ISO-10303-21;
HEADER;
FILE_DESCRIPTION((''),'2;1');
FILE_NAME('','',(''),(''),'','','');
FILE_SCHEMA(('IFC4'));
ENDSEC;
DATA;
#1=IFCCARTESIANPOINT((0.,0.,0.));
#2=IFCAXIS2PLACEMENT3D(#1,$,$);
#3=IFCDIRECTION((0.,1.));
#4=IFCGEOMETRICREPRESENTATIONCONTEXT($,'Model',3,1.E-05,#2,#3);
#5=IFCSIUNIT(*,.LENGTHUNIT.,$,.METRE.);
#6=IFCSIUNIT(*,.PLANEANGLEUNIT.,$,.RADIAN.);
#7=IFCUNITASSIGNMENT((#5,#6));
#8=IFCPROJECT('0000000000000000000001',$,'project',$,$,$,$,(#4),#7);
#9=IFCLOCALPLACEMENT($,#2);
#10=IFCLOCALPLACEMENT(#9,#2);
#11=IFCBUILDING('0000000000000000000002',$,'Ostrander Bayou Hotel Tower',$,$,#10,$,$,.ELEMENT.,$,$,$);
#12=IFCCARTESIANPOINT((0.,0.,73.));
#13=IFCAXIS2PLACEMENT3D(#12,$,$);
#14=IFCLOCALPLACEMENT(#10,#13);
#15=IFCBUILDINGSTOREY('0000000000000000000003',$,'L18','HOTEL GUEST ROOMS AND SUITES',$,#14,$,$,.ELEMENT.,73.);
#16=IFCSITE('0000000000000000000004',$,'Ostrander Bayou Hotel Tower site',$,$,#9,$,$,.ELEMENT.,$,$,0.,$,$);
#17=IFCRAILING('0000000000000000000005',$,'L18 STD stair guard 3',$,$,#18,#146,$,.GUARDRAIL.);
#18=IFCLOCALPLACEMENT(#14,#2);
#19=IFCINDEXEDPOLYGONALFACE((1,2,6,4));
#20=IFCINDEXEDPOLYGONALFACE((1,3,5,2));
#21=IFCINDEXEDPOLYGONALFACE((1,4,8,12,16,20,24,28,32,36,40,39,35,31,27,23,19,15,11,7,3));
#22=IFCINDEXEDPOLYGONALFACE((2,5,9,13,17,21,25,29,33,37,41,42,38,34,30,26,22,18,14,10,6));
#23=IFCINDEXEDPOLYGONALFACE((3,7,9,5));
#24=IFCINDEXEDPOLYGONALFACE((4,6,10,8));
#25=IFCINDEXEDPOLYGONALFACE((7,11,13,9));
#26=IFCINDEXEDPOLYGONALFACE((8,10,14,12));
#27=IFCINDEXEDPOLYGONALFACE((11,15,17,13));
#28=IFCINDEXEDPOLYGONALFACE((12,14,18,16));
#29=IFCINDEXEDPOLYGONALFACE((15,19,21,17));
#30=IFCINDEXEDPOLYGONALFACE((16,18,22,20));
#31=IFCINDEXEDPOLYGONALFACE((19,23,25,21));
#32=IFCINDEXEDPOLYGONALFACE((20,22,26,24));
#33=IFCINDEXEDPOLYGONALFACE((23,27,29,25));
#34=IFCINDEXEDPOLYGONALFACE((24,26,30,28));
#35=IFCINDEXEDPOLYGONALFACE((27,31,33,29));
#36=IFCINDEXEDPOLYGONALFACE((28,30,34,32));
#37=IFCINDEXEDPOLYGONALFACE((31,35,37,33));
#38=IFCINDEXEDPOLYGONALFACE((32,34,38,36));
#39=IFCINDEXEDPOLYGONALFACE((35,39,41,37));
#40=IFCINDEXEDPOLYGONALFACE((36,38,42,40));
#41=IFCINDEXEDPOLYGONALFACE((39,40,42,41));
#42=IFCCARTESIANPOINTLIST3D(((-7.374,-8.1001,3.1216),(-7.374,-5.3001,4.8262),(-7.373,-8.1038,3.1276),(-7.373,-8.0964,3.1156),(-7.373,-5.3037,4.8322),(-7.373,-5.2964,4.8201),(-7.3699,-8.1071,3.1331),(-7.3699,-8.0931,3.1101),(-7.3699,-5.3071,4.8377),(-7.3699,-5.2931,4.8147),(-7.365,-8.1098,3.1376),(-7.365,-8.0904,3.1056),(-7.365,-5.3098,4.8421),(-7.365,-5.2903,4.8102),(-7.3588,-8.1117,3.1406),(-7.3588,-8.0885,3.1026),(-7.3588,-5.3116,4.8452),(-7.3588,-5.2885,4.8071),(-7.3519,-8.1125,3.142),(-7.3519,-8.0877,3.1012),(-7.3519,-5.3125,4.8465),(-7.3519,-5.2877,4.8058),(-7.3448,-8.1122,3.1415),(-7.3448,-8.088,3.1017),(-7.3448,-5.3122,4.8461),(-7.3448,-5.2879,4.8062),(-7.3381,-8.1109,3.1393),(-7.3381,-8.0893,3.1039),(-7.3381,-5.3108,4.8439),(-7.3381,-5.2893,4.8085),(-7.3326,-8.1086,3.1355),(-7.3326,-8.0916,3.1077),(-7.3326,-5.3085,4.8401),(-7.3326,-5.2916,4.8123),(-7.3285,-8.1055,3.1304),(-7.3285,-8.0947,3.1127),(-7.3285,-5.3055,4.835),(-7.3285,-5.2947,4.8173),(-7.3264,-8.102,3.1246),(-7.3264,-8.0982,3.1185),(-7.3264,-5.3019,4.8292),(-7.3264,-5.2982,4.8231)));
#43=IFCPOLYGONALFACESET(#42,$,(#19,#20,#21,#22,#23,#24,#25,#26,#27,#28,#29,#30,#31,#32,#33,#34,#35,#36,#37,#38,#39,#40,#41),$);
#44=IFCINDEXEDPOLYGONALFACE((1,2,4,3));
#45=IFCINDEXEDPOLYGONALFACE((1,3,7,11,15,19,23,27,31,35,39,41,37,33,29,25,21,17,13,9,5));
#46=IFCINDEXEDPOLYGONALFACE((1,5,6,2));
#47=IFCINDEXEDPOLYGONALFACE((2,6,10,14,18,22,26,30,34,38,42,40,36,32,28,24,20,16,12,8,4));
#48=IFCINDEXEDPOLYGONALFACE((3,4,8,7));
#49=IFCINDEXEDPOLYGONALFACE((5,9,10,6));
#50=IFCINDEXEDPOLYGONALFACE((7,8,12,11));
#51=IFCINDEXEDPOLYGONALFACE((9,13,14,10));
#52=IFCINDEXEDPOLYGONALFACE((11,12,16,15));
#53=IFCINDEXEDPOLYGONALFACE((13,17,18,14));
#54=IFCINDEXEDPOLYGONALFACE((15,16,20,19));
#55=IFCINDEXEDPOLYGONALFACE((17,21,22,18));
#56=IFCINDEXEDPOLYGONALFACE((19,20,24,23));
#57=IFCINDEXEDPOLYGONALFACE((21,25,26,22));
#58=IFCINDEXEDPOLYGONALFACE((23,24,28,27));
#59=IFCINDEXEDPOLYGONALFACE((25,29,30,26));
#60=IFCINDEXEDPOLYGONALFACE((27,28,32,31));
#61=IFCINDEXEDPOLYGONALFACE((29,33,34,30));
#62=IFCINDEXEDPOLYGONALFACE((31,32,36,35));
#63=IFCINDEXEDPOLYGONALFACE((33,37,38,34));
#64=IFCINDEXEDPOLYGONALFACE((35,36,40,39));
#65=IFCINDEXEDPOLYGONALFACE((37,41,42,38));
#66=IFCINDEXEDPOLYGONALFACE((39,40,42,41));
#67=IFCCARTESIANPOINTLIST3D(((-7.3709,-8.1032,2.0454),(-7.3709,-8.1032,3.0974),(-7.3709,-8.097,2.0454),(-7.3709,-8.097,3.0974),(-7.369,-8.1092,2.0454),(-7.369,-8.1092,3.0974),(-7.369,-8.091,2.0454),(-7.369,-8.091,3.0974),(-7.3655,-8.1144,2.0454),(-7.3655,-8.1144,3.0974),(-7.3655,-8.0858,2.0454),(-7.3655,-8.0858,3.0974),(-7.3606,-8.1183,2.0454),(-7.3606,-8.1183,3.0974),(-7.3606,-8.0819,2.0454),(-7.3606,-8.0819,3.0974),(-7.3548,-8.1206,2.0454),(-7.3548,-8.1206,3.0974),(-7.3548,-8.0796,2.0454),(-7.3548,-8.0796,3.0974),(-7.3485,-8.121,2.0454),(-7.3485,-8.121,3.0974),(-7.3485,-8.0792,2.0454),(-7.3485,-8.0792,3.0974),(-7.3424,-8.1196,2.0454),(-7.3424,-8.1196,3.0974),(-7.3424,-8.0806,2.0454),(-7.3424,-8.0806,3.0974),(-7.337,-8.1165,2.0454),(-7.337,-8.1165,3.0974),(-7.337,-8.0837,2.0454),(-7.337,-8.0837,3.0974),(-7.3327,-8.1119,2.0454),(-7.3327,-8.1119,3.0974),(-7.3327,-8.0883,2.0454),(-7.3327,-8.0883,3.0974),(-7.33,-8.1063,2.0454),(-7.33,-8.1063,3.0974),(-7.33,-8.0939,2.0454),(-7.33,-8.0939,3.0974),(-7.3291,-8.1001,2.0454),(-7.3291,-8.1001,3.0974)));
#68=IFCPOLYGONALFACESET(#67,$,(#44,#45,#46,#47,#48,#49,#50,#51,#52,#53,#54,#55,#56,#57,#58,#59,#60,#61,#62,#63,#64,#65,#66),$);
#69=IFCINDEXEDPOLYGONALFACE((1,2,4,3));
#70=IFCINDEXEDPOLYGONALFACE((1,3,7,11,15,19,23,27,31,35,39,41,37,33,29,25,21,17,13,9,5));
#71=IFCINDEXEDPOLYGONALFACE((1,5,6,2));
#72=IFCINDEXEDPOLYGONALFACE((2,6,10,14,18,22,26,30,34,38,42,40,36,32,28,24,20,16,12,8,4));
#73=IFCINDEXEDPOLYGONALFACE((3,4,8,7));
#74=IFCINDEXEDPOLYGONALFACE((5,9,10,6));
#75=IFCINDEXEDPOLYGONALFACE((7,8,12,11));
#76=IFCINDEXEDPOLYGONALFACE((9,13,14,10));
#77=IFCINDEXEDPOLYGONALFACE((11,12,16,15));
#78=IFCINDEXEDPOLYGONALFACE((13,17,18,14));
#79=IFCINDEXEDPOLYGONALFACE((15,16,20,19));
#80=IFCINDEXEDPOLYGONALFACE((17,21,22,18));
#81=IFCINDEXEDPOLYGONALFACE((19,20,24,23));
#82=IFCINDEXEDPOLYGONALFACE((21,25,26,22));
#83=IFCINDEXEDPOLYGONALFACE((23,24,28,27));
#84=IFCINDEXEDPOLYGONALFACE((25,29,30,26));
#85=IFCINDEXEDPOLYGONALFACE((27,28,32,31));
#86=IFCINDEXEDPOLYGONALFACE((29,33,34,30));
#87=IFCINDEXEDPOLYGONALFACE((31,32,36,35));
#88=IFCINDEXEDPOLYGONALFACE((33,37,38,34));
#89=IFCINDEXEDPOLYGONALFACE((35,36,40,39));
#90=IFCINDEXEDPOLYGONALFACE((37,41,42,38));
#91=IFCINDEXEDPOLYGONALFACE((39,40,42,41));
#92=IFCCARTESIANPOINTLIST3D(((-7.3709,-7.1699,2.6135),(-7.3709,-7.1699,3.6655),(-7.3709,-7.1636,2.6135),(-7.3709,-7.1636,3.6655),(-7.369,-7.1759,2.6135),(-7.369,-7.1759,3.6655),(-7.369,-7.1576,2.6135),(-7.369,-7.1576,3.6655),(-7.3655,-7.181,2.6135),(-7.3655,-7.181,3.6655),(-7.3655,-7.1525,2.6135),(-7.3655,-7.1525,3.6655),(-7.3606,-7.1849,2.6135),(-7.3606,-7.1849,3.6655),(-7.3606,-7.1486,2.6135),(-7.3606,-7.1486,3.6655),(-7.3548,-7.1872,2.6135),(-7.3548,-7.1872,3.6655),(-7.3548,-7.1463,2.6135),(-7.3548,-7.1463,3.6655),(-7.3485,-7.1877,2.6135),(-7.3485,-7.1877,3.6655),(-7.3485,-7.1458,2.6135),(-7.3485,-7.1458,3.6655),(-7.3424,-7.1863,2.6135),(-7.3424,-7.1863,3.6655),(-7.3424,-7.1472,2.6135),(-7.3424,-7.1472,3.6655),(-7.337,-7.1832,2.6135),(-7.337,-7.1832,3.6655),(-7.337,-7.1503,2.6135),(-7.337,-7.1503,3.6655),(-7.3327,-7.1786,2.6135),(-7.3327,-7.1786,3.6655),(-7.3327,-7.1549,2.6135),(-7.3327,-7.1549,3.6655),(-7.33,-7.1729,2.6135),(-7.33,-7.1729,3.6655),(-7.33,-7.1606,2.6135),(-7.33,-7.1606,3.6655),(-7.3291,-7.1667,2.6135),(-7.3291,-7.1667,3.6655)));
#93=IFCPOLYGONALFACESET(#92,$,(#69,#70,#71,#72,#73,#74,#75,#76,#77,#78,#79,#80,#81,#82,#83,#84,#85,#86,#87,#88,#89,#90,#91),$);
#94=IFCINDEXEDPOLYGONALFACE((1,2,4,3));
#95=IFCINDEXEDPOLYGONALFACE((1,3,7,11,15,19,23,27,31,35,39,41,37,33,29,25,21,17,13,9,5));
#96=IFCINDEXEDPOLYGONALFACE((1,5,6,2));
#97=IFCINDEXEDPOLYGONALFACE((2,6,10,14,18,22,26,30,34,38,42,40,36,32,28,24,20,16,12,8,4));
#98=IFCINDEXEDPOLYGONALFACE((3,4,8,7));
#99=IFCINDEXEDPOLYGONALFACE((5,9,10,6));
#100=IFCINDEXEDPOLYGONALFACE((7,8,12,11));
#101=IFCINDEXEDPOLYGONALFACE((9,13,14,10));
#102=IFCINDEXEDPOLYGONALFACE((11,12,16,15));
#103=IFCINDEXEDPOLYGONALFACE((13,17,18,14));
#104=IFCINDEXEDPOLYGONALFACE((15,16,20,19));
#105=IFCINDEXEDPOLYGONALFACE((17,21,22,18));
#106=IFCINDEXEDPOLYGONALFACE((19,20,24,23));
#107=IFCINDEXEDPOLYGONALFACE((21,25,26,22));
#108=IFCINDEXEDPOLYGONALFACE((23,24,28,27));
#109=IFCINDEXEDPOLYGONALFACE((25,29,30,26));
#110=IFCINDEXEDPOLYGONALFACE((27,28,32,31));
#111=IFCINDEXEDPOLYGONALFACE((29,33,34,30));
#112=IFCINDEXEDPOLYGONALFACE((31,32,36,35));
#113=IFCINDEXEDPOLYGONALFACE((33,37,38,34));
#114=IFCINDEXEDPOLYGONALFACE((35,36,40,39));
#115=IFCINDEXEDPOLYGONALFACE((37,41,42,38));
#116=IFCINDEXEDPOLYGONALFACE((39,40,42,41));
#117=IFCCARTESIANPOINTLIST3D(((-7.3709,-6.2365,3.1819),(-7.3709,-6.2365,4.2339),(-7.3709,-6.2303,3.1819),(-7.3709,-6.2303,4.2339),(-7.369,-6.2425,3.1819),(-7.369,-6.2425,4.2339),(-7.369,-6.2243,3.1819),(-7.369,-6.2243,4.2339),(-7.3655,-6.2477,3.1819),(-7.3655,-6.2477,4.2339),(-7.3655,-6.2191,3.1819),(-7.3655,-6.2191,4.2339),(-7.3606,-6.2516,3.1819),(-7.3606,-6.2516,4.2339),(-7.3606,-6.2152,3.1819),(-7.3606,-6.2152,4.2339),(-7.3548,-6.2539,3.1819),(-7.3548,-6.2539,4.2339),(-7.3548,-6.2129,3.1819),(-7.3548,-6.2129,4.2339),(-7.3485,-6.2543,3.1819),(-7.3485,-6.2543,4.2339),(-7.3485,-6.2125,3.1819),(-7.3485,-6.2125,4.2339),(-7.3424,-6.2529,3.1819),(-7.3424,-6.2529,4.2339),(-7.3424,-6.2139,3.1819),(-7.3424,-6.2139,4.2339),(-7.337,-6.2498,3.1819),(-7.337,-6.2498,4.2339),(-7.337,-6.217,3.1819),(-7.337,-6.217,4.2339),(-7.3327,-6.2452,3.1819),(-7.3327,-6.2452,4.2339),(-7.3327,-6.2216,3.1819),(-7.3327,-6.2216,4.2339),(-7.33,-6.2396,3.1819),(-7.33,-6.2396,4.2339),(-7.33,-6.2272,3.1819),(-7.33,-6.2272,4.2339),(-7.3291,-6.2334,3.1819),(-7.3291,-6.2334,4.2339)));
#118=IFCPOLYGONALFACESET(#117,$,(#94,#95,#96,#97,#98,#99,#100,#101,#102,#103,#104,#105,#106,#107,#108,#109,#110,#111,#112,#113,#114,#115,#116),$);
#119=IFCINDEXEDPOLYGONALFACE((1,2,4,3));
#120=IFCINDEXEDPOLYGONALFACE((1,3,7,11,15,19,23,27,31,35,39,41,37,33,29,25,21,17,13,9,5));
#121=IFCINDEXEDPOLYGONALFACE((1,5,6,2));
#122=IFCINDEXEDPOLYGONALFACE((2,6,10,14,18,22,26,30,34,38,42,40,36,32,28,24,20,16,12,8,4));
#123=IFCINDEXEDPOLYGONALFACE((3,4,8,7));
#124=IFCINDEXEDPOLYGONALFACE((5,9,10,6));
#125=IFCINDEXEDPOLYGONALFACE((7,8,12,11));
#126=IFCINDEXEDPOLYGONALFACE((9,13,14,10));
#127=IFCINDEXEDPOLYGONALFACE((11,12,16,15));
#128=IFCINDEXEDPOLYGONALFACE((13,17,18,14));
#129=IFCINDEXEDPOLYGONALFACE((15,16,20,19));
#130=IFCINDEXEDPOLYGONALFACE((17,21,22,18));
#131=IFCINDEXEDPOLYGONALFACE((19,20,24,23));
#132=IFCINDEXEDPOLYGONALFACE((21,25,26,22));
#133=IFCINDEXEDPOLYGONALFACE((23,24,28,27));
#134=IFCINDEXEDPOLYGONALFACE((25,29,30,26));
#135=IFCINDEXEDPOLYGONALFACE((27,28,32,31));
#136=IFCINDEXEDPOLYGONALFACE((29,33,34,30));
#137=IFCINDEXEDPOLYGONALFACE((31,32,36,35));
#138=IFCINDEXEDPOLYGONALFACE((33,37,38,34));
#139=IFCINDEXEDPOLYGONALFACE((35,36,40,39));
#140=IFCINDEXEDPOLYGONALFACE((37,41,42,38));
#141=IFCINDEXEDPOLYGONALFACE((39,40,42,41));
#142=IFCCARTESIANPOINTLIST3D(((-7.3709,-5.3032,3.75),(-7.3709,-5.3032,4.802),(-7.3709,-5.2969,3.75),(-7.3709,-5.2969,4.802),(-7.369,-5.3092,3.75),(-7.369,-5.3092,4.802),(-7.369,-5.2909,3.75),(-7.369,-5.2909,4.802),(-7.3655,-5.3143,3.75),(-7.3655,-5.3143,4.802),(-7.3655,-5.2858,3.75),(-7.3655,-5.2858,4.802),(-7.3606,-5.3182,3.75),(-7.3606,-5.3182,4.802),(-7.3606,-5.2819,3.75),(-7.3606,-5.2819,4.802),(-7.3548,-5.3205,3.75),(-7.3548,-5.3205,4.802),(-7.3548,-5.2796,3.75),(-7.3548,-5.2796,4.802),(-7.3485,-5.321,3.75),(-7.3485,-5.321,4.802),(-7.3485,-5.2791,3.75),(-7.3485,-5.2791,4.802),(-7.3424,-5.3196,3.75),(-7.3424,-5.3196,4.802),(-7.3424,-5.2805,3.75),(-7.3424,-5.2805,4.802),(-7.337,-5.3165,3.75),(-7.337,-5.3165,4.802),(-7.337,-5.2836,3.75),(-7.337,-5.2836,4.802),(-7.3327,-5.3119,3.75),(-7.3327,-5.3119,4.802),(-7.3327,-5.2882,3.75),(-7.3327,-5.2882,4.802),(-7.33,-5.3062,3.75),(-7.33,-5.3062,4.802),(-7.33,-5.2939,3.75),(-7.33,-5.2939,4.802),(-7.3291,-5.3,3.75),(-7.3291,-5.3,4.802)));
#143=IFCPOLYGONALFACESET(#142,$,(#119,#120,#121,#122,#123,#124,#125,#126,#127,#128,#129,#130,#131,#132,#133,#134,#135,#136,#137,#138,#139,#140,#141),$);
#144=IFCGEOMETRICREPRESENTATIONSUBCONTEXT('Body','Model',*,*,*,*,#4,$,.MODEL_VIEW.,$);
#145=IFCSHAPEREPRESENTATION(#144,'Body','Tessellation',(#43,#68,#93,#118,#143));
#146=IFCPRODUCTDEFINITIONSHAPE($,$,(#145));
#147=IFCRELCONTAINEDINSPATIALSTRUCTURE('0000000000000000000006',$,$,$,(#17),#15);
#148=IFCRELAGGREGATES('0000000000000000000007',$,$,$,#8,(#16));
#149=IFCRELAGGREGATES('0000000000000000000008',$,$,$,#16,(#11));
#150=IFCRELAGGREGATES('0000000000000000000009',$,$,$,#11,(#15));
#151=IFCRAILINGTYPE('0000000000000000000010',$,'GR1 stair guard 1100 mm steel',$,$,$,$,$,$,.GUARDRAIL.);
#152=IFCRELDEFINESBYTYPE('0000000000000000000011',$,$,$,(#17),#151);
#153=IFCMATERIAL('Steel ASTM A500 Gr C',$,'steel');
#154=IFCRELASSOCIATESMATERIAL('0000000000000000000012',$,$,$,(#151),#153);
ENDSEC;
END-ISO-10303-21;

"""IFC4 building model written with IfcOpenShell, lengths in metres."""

from ifc_helpers import new_model, si_unit, direction, frame, origin, origin_2d, place, context, subcontext, project, spatial, circle, extrude, material, type_object, element, save


model = new_model("IFC4")

# Units and contexts
model_context = context("Model", 3, precision=1e-05, world=origin(), true_north=direction((0.0, 1.0)))
body_context = subcontext(model_context, "Body", "Model", "MODEL_VIEW")
ifc_project = project(units=[si_unit("LENGTHUNIT", "METRE"), si_unit("PLANEANGLEUNIT", "RADIAN")], contexts=[model_context])

# Site, building, storey
site_placement = place(None, origin())
site = spatial("IfcSite", under=ifc_project, at=site_placement, Name="Ostrander Bayou Hotel Tower site", CompositionType="ELEMENT", RefElevation=0.0)
building_placement = place(site_placement, origin())
building = spatial("IfcBuilding", under=site, at=building_placement, Name="Ostrander Bayou Hotel Tower", CompositionType="ELEMENT")
storey_placement = place(building_placement, frame((0.0, 0.0, 73.0)))
storey = spatial("IfcBuildingStorey", under=building, at=storey_placement, Name="L18", Description="HOTEL GUEST ROOMS AND SUITES", CompositionType="ELEMENT", Elevation=73.0)

# Railing
ifc_material_1 = material(Name="Steel ASTM A500 Gr C", Category="steel")
railing_type_1 = type_object("IfcRailingType", Name="GR1 stair guard 1100 mm steel", PredefinedType="GUARDRAIL", material=ifc_material_1)
railing_1_placement = place(storey_placement, frame((-7.3501, -8.1001, 2.0454)))
element("IfcRailing", 1, at=railing_1_placement, inside=storey, type_object=railing_type_1, Name="L18 STD stair guard 3", PredefinedType="GUARDRAIL", context=body_context, shape_type="SweptSolid", body=[
    extrude(circle(Radius=0.0239, at=origin_2d()), frame((0.0, 0.0, 1.0762), z_axis=(0.0, 0.85417, 0.519994), x_axis=(-1.0, 0.0, 0.0)), (0.0, 0.0, 1.0), 3.2781),
    extrude(circle(Radius=0.021, at=origin_2d()), origin(), (0.0, 0.0, 1.0), 1.052),
    extrude(circle(Radius=0.021, at=origin_2d()), frame((0.0, 0.9333, 0.5681)), (0.0, 0.0, 1.0), 1.052),
    extrude(circle(Radius=0.021, at=origin_2d()), frame((0.0, 1.8667, 1.1365)), (0.0, 0.0, 1.0), 1.052),
    extrude(circle(Radius=0.021, at=origin_2d()), frame((0.0, 2.8, 1.7046)), (0.0, 0.0, 1.0), 1.052),
])

save(model, "model.ifc")
